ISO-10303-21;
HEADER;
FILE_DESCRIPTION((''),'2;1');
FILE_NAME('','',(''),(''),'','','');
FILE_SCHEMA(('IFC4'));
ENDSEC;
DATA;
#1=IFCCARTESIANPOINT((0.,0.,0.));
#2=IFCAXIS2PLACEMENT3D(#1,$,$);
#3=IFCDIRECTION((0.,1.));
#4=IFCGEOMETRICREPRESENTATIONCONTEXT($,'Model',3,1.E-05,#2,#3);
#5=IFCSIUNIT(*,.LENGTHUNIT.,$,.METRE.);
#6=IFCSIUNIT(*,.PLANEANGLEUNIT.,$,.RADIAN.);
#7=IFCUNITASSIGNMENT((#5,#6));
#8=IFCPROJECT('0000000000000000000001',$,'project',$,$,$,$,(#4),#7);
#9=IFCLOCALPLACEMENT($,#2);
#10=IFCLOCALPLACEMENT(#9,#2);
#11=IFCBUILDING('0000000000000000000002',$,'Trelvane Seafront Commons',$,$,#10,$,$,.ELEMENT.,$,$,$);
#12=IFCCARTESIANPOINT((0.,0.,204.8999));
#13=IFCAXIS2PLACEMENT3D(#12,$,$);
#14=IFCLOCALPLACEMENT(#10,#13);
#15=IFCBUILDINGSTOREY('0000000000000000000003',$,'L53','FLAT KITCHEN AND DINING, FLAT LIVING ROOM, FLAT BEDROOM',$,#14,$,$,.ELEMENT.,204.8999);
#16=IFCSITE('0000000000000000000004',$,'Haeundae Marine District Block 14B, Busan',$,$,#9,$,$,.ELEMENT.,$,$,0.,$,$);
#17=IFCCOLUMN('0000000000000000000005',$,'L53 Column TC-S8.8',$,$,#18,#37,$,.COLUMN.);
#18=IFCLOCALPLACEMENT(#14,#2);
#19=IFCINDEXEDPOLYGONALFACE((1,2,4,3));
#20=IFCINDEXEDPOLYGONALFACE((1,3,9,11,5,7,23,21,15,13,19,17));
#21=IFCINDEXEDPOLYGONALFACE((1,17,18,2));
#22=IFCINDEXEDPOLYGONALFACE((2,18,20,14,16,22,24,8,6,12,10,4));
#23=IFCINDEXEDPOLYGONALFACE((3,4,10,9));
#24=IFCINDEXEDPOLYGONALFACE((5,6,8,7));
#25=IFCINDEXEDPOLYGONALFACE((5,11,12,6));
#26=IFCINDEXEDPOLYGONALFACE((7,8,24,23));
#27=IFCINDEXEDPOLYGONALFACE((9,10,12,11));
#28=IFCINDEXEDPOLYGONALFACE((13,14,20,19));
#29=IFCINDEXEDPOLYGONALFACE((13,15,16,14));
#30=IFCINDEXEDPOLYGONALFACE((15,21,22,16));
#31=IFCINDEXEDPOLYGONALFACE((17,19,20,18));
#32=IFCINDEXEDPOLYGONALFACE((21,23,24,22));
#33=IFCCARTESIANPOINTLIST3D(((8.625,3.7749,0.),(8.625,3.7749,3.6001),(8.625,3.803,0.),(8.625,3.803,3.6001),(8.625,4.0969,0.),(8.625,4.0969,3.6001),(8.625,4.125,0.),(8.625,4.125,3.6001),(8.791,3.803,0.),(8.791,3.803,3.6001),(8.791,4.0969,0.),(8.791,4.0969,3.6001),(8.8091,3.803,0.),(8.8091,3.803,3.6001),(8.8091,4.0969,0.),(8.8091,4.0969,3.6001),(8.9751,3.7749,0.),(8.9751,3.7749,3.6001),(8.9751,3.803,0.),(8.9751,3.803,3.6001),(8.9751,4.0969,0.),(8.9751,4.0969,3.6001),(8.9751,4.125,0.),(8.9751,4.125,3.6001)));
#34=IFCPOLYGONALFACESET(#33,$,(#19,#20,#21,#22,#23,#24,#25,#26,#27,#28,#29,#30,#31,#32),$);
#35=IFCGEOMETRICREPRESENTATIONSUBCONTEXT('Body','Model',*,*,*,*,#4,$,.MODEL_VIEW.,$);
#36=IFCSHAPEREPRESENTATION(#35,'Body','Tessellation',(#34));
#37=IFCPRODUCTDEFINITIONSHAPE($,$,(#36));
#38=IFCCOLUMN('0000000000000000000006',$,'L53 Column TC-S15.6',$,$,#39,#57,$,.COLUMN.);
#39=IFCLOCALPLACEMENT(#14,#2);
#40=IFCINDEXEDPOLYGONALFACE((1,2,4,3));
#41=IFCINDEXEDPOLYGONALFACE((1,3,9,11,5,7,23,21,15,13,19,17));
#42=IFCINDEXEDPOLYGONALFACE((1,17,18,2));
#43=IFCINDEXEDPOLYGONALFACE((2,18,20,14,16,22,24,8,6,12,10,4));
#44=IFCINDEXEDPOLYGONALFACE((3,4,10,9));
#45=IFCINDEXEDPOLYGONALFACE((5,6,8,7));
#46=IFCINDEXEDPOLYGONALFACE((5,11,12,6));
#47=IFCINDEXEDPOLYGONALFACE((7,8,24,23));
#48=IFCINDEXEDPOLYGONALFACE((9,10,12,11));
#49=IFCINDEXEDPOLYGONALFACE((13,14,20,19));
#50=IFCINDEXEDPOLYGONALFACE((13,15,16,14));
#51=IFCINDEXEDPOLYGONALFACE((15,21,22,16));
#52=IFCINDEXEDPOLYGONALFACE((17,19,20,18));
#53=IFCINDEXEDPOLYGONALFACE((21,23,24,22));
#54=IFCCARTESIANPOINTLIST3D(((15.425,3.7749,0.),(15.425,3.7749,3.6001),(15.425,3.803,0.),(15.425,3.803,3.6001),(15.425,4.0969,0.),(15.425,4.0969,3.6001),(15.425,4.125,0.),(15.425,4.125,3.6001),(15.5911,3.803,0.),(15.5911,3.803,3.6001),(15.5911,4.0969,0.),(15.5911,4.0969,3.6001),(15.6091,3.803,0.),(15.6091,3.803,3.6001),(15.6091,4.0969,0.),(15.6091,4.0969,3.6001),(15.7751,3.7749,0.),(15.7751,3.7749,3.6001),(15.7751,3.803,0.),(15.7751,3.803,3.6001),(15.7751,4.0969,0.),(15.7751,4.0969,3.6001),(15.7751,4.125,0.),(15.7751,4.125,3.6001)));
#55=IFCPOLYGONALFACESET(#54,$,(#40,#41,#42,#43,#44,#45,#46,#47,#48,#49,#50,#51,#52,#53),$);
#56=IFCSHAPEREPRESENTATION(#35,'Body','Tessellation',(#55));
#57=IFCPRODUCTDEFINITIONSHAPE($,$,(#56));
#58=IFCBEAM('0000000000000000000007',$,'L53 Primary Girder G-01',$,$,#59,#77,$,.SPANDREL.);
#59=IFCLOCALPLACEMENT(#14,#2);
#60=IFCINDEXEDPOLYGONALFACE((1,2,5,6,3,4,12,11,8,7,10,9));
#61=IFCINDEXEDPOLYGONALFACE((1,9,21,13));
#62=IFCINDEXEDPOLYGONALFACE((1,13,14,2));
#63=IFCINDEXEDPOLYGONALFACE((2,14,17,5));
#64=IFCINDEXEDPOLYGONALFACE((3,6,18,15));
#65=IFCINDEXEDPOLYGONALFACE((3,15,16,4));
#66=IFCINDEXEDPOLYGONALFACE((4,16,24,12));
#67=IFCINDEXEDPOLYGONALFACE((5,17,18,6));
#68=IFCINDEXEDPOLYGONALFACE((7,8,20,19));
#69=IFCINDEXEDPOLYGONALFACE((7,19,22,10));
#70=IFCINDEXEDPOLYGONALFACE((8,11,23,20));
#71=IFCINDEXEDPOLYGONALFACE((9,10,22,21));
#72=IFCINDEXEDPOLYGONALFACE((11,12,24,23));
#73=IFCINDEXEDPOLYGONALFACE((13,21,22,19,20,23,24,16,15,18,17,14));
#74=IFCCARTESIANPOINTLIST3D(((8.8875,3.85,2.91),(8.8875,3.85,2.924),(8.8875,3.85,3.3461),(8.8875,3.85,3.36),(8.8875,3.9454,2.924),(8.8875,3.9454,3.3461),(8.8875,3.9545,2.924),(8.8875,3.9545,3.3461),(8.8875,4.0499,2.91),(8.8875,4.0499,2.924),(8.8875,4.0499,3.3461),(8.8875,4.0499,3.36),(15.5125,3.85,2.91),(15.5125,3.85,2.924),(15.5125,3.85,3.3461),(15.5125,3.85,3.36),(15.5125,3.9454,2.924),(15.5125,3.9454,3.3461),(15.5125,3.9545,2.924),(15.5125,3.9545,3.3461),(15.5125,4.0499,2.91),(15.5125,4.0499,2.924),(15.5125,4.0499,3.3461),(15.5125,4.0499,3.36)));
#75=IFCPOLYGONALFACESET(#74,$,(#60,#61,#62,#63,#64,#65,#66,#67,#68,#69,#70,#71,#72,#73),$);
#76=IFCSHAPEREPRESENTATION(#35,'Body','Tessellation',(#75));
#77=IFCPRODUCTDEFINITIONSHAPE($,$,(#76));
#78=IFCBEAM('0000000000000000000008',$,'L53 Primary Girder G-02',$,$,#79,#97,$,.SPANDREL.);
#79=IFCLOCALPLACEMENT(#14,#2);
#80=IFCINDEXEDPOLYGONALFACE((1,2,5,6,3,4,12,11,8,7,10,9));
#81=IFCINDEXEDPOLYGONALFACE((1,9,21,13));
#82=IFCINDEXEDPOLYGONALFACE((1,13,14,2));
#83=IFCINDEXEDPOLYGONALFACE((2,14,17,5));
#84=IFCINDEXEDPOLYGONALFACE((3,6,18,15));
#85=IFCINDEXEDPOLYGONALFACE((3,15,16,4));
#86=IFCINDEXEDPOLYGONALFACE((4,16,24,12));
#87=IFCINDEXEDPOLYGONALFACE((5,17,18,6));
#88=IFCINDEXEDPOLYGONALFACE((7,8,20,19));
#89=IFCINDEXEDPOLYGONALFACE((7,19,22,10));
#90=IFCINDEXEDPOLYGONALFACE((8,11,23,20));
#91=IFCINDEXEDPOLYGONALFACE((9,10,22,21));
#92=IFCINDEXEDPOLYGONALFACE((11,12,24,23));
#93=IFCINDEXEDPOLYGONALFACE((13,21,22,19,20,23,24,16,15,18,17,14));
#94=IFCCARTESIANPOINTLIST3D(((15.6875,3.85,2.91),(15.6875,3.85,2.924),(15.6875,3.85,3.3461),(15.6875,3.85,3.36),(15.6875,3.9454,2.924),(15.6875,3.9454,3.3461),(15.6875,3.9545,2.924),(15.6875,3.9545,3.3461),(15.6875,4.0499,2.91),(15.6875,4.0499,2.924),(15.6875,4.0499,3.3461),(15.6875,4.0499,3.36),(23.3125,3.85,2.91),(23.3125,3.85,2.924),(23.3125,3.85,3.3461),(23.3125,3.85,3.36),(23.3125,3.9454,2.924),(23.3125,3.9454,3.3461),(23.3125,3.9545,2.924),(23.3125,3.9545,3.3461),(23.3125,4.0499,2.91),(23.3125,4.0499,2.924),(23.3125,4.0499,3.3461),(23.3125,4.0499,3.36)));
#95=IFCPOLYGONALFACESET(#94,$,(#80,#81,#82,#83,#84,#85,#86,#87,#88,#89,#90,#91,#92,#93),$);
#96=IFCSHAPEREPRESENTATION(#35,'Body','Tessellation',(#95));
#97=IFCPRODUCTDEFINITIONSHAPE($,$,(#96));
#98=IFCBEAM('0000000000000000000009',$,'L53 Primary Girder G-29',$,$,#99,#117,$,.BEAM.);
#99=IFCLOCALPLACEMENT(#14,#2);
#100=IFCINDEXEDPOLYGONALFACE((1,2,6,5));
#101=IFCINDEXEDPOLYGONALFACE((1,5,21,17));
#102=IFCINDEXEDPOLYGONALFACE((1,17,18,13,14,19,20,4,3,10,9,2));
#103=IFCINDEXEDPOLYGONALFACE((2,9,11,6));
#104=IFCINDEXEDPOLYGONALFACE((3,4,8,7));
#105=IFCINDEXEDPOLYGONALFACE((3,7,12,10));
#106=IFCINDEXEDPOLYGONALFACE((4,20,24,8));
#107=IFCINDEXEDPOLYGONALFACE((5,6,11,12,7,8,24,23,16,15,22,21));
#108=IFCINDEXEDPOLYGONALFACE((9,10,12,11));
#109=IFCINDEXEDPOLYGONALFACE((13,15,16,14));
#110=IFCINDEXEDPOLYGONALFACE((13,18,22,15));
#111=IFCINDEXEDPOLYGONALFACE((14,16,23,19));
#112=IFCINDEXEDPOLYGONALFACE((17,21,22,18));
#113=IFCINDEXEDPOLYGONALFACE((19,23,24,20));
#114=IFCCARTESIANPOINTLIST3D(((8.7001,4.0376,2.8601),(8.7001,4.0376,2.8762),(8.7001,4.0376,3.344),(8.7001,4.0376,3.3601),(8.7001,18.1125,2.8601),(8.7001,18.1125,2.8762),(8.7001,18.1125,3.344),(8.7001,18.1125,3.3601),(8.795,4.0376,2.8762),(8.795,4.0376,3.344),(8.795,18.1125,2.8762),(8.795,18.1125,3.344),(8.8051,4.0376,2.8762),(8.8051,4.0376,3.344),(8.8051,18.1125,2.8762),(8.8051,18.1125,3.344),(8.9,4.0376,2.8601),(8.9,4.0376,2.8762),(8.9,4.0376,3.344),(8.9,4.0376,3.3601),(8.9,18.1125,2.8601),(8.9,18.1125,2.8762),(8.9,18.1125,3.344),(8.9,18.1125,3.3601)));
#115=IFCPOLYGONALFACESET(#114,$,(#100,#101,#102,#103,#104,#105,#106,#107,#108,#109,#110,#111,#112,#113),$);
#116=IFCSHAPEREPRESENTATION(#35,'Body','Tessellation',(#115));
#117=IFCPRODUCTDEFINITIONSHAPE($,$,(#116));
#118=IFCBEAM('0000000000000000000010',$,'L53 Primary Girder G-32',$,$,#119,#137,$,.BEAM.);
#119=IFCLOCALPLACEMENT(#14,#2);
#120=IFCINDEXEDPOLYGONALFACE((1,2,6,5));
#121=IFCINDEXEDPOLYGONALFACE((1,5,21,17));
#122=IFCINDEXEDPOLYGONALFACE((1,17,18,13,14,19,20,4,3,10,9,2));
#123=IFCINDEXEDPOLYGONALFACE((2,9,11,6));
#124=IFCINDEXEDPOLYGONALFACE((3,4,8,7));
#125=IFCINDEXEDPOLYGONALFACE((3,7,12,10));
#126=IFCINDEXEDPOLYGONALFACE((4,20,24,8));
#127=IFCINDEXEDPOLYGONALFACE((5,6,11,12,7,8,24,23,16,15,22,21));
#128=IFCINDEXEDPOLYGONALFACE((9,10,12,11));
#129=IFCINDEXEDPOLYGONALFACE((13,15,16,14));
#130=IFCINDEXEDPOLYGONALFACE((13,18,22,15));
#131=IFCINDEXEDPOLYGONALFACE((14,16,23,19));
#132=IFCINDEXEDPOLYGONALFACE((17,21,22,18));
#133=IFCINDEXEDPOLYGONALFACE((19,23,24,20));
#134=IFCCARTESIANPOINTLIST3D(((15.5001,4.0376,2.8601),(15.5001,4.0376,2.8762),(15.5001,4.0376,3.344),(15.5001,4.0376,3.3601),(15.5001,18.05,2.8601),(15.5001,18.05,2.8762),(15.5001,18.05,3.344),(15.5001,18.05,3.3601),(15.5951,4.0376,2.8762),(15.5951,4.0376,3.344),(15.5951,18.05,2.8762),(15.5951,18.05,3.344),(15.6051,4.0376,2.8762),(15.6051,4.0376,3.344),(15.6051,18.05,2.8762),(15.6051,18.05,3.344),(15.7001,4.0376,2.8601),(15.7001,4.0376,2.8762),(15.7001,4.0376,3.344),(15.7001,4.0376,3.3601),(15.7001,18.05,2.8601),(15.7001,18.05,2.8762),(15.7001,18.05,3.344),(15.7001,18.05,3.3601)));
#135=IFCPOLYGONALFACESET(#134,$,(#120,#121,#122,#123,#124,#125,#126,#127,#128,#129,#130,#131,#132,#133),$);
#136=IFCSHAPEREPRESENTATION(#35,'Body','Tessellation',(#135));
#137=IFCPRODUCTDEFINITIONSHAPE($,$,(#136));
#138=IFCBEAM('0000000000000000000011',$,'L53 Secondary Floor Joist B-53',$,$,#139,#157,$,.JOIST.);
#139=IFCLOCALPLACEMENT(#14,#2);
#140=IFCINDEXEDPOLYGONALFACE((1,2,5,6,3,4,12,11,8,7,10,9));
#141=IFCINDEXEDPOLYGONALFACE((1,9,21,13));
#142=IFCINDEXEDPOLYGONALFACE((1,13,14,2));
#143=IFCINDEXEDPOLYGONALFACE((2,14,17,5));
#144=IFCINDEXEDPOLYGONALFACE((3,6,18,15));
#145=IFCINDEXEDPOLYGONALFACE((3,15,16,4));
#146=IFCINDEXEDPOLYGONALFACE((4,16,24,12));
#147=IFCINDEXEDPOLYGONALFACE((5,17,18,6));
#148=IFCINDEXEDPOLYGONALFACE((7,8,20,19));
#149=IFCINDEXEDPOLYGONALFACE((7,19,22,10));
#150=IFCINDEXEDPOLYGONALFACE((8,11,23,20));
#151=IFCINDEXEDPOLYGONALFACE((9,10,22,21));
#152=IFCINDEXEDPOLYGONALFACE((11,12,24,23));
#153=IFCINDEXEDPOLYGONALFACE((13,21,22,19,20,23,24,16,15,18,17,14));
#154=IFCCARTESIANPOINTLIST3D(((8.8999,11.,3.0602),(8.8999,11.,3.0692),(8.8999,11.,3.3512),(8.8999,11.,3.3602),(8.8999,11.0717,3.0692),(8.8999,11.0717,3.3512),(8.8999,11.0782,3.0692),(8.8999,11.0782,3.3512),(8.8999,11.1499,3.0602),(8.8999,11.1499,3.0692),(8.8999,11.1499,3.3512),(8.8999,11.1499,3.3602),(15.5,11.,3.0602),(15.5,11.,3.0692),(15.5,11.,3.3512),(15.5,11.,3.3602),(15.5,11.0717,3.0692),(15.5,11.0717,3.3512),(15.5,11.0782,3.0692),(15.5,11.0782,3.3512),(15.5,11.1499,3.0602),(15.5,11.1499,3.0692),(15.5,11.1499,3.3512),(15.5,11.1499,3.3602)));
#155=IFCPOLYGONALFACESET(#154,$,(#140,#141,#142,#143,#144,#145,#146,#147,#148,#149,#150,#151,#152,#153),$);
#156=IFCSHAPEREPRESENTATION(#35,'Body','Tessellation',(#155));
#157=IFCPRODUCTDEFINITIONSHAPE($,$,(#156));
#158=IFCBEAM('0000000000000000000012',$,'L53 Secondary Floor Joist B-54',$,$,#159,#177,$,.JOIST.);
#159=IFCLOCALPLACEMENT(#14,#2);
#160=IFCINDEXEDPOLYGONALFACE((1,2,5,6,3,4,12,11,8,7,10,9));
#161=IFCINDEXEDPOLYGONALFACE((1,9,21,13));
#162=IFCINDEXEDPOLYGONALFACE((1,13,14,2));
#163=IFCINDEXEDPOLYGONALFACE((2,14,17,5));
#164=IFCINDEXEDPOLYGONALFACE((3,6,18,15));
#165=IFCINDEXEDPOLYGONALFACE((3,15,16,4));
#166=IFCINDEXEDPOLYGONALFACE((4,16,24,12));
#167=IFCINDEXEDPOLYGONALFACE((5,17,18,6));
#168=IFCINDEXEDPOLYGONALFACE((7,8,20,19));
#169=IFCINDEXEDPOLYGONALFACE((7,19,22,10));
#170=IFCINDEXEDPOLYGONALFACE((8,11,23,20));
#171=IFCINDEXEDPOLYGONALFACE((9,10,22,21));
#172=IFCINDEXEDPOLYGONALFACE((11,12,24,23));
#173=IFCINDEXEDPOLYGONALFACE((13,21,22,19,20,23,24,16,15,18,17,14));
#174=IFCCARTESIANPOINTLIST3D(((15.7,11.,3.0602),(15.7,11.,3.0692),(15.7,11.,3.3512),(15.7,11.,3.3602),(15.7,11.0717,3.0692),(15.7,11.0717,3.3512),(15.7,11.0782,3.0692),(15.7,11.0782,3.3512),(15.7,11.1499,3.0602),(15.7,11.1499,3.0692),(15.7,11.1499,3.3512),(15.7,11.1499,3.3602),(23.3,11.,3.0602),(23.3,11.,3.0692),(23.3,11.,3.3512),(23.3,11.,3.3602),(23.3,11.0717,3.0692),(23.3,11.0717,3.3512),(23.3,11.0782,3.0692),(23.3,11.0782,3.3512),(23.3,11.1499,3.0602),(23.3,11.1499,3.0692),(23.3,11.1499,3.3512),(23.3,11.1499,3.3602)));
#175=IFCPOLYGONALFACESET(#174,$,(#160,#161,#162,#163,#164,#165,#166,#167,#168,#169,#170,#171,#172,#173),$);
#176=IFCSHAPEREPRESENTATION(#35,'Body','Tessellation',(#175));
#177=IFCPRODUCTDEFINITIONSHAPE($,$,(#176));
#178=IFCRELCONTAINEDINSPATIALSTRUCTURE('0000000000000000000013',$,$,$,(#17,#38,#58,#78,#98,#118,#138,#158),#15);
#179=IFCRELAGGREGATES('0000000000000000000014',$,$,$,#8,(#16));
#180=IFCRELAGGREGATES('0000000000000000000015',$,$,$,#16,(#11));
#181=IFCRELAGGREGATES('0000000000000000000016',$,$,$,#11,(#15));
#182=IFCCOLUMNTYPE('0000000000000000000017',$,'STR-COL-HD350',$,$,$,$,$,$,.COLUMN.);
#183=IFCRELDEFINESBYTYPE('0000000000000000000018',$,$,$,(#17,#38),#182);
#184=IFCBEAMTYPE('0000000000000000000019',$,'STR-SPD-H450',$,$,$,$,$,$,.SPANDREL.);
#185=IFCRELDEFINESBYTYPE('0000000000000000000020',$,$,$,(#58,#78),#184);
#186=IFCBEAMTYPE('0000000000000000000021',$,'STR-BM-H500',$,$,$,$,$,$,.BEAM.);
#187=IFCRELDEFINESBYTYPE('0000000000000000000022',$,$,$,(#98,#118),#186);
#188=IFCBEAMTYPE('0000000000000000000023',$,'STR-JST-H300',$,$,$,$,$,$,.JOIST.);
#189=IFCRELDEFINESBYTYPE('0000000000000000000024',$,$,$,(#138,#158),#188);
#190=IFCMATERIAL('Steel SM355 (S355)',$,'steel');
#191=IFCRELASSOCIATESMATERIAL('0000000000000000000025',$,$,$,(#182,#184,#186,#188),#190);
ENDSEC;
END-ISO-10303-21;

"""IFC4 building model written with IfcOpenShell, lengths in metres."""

from ifc_helpers import new_model, si_unit, direction, frame, origin, origin_2d, place, context, subcontext, project, spatial, i_section, extrude, source, transform, mapped, material, material_profile, profile_set, type_object, element, save


model = new_model("IFC4")

# Units and contexts
model_context = context("Model", 3, precision=1e-05, world=origin(), true_north=direction((0.0, 1.0)))
body_context = subcontext(model_context, "Body", "Model", "MODEL_VIEW")
ifc_project = project(units=[si_unit("LENGTHUNIT", "METRE"), si_unit("PLANEANGLEUNIT", "RADIAN")], contexts=[model_context])

# Site, building, storey
site_placement = place(None, origin())
site = spatial("IfcSite", under=ifc_project, at=site_placement, Name="Haeundae Marine District Block 14B, Busan", CompositionType="ELEMENT", RefElevation=0.0)
building_placement = place(site_placement, origin())
building = spatial("IfcBuilding", under=site, at=building_placement, Name="Trelvane Seafront Commons", CompositionType="ELEMENT")
storey_placement = place(building_placement, frame((0.0, 0.0, 204.8999)))
storey = spatial("IfcBuildingStorey", under=building, at=storey_placement, Name="L53", Description="FLAT KITCHEN AND DINING, FLAT LIVING ROOM, FLAT BEDROOM", CompositionType="ELEMENT", Elevation=204.8999)

# Columns
ifc_material_1 = material(Name="Steel SM355 (S355)", Category="steel")
ifc_material_profile_1 = material_profile(ifc_material_1, i_section(OverallWidth=0.3501, OverallDepth=0.3501, WebThickness=0.0181, FlangeThickness=0.0281, at=origin_2d()), Name="HD-350x350x18x28")
ifc_profile_set_1 = profile_set([ifc_material_profile_1], Name="Steel SM355 (S355)")
column_type = type_object("IfcColumnType", Name="STR-COL-HD350", PredefinedType="COLUMN", material=ifc_profile_set_1)
shared_shape_1 = source(origin(), body_context, "Body", "SweptSolid", [
    extrude(i_section(OverallWidth=0.3501, OverallDepth=0.3501, WebThickness=0.0181, FlangeThickness=0.0281, at=origin_2d()), origin(), (0.0, 0.0, 1.0), 3.6001),
])
for number, where, z_axis, x_axis, name in (
    (1, (8.8, 3.95, 0.0), (0.0, 0.0, 1.0), (1.0, 0.0, 0.0), "L53 Column TC-S8.8"),
    (2, (15.6001, 3.95, 0.0), (0.0, 0.0, 1.0), (1.0, 0.0, 0.0), "L53 Column TC-S15.6"),
):
    element("IfcColumn", number, at=place(storey_placement, frame(where, z_axis=z_axis, x_axis=x_axis)), inside=storey, type_object=column_type, Name=name, PredefinedType="COLUMN", context=body_context, shape_type="MappedRepresentation", body=[
        mapped(shared_shape_1, transform((0.0, 0.0, 0.0), x_axis=(1.0, 0.0, 0.0), y_axis=(0.0, 1.0, 0.0), z_axis=(0.0, 0.0, 1.0), scale=1.0)),
    ])

# Beams
ifc_material_profile_2 = material_profile(ifc_material_1, i_section(OverallWidth=0.2, OverallDepth=0.45, WebThickness=0.009, FlangeThickness=0.0139, at=origin_2d()), Name="H-450x200x9x14")
ifc_profile_set_2 = profile_set([ifc_material_profile_2], Name="Steel SM355 (S355)")
beam_type_1 = type_object("IfcBeamType", Name="STR-SPD-H450", PredefinedType="SPANDREL", material=ifc_profile_set_2)
shared_shape_2 = source(origin(), body_context, "Body", "SweptSolid", [
    extrude(i_section(OverallWidth=0.2, OverallDepth=0.45, WebThickness=0.009, FlangeThickness=0.0139, at=origin_2d()), origin(), (0.0, 0.0, 1.0), 6.625),
])
beam_1_placement = place(storey_placement, frame((8.8875, 3.95, 3.135), z_axis=(1.0, 0.0, 0.0), x_axis=(0.0, 1.0, 0.0)))
element("IfcBeam", 3, at=beam_1_placement, inside=storey, type_object=beam_type_1, Name="L53 Primary Girder G-01", PredefinedType="SPANDREL", context=body_context, shape_type="MappedRepresentation", body=[
    mapped(shared_shape_2, transform((0.0, 0.0, 0.0), x_axis=(1.0, 0.0, 0.0), y_axis=(0.0, 1.0, 0.0), z_axis=(0.0, 0.0, 1.0), scale=1.0)),
])
shared_shape_3 = source(origin(), body_context, "Body", "SweptSolid", [
    extrude(i_section(OverallWidth=0.2, OverallDepth=0.45, WebThickness=0.009, FlangeThickness=0.0139, at=origin_2d()), origin(), (0.0, 0.0, 1.0), 7.625),
])
beam_2_placement = place(storey_placement, frame((15.6875, 3.95, 3.135), z_axis=(1.0, 0.0, 0.0), x_axis=(0.0, 1.0, 0.0)))
element("IfcBeam", 4, at=beam_2_placement, inside=storey, type_object=beam_type_1, Name="L53 Primary Girder G-02", PredefinedType="SPANDREL", context=body_context, shape_type="MappedRepresentation", body=[
    mapped(shared_shape_3, transform((0.0, 0.0, 0.0), x_axis=(1.0, 0.0, 0.0), y_axis=(0.0, 1.0, 0.0), z_axis=(0.0, 0.0, 1.0), scale=1.0)),
])
ifc_material_profile_3 = material_profile(ifc_material_1, i_section(OverallWidth=0.2, OverallDepth=0.5, WebThickness=0.01, FlangeThickness=0.0161, at=origin_2d()), Name="H-500x200x10x16")
ifc_profile_set_3 = profile_set([ifc_material_profile_3], Name="Steel SM355 (S355)")
beam_type_2 = type_object("IfcBeamType", Name="STR-BM-H500", PredefinedType="BEAM", material=ifc_profile_set_3)
shared_shape_4 = source(origin(), body_context, "Body", "SweptSolid", [
    extrude(i_section(OverallWidth=0.2, OverallDepth=0.5, WebThickness=0.01, FlangeThickness=0.0161, at=origin_2d()), origin(), (0.0, 0.0, 1.0), 14.075),
])
beam_3_placement = place(storey_placement, frame((8.8, 4.0376, 3.1101), z_axis=(0.0, 1.0, 0.0), x_axis=(-1.0, 0.0, 0.0)))
element("IfcBeam", 5, at=beam_3_placement, inside=storey, type_object=beam_type_2, Name="L53 Primary Girder G-29", PredefinedType="BEAM", context=body_context, shape_type="MappedRepresentation", body=[
    mapped(shared_shape_4, transform((0.0, 0.0, 0.0), x_axis=(1.0, 0.0, 0.0), y_axis=(0.0, 1.0, 0.0), z_axis=(0.0, 0.0, 1.0), scale=1.0)),
])
shared_shape_5 = source(origin(), body_context, "Body", "SweptSolid", [
    extrude(i_section(OverallWidth=0.2, OverallDepth=0.5, WebThickness=0.01, FlangeThickness=0.0161, at=origin_2d()), origin(), (0.0, 0.0, 1.0), 14.0125),
])
beam_4_placement = place(storey_placement, frame((15.6001, 4.0376, 3.1101), z_axis=(0.0, 1.0, 0.0), x_axis=(-1.0, 0.0, 0.0)))
element("IfcBeam", 6, at=beam_4_placement, inside=storey, type_object=beam_type_2, Name="L53 Primary Girder G-32", PredefinedType="BEAM", context=body_context, shape_type="MappedRepresentation", body=[
    mapped(shared_shape_5, transform((0.0, 0.0, 0.0), x_axis=(1.0, 0.0, 0.0), y_axis=(0.0, 1.0, 0.0), z_axis=(0.0, 0.0, 1.0), scale=1.0)),
])
ifc_material_profile_4 = material_profile(ifc_material_1, i_section(OverallWidth=0.1499, OverallDepth=0.3, WebThickness=0.0066, FlangeThickness=0.009, at=origin_2d()), Name="H-300x150x6.5x9")
ifc_profile_set_4 = profile_set([ifc_material_profile_4], Name="Steel SM355 (S355)")
beam_type_3 = type_object("IfcBeamType", Name="STR-JST-H300", PredefinedType="JOIST", material=ifc_profile_set_4)
shared_shape_6 = source(origin(), body_context, "Body", "SweptSolid", [
    extrude(i_section(OverallWidth=0.1499, OverallDepth=0.3, WebThickness=0.0066, FlangeThickness=0.009, at=origin_2d()), origin(), (0.0, 0.0, 1.0), 6.6001),
])
beam_5_placement = place(storey_placement, frame((8.8999, 11.075, 3.2102), z_axis=(1.0, 0.0, 0.0), x_axis=(0.0, 1.0, 0.0)))
element("IfcBeam", 7, at=beam_5_placement, inside=storey, type_object=beam_type_3, Name="L53 Secondary Floor Joist B-53", PredefinedType="JOIST", context=body_context, shape_type="MappedRepresentation", body=[
    mapped(shared_shape_6, transform((0.0, 0.0, 0.0), x_axis=(1.0, 0.0, 0.0), y_axis=(0.0, 1.0, 0.0), z_axis=(0.0, 0.0, 1.0), scale=1.0)),
])
shared_shape_7 = source(origin(), body_context, "Body", "SweptSolid", [
    extrude(i_section(OverallWidth=0.1499, OverallDepth=0.3, WebThickness=0.0066, FlangeThickness=0.009, at=origin_2d()), origin(), (0.0, 0.0, 1.0), 7.6001),
])
beam_6_placement = place(storey_placement, frame((15.7, 11.075, 3.2102), z_axis=(1.0, 0.0, 0.0), x_axis=(0.0, 1.0, 0.0)))
element("IfcBeam", 8, at=beam_6_placement, inside=storey, type_object=beam_type_3, Name="L53 Secondary Floor Joist B-54", PredefinedType="JOIST", context=body_context, shape_type="MappedRepresentation", body=[
    mapped(shared_shape_7, transform((0.0, 0.0, 0.0), x_axis=(1.0, 0.0, 0.0), y_axis=(0.0, 1.0, 0.0), z_axis=(0.0, 0.0, 1.0), scale=1.0)),
])

save(model, "model.ifc")
